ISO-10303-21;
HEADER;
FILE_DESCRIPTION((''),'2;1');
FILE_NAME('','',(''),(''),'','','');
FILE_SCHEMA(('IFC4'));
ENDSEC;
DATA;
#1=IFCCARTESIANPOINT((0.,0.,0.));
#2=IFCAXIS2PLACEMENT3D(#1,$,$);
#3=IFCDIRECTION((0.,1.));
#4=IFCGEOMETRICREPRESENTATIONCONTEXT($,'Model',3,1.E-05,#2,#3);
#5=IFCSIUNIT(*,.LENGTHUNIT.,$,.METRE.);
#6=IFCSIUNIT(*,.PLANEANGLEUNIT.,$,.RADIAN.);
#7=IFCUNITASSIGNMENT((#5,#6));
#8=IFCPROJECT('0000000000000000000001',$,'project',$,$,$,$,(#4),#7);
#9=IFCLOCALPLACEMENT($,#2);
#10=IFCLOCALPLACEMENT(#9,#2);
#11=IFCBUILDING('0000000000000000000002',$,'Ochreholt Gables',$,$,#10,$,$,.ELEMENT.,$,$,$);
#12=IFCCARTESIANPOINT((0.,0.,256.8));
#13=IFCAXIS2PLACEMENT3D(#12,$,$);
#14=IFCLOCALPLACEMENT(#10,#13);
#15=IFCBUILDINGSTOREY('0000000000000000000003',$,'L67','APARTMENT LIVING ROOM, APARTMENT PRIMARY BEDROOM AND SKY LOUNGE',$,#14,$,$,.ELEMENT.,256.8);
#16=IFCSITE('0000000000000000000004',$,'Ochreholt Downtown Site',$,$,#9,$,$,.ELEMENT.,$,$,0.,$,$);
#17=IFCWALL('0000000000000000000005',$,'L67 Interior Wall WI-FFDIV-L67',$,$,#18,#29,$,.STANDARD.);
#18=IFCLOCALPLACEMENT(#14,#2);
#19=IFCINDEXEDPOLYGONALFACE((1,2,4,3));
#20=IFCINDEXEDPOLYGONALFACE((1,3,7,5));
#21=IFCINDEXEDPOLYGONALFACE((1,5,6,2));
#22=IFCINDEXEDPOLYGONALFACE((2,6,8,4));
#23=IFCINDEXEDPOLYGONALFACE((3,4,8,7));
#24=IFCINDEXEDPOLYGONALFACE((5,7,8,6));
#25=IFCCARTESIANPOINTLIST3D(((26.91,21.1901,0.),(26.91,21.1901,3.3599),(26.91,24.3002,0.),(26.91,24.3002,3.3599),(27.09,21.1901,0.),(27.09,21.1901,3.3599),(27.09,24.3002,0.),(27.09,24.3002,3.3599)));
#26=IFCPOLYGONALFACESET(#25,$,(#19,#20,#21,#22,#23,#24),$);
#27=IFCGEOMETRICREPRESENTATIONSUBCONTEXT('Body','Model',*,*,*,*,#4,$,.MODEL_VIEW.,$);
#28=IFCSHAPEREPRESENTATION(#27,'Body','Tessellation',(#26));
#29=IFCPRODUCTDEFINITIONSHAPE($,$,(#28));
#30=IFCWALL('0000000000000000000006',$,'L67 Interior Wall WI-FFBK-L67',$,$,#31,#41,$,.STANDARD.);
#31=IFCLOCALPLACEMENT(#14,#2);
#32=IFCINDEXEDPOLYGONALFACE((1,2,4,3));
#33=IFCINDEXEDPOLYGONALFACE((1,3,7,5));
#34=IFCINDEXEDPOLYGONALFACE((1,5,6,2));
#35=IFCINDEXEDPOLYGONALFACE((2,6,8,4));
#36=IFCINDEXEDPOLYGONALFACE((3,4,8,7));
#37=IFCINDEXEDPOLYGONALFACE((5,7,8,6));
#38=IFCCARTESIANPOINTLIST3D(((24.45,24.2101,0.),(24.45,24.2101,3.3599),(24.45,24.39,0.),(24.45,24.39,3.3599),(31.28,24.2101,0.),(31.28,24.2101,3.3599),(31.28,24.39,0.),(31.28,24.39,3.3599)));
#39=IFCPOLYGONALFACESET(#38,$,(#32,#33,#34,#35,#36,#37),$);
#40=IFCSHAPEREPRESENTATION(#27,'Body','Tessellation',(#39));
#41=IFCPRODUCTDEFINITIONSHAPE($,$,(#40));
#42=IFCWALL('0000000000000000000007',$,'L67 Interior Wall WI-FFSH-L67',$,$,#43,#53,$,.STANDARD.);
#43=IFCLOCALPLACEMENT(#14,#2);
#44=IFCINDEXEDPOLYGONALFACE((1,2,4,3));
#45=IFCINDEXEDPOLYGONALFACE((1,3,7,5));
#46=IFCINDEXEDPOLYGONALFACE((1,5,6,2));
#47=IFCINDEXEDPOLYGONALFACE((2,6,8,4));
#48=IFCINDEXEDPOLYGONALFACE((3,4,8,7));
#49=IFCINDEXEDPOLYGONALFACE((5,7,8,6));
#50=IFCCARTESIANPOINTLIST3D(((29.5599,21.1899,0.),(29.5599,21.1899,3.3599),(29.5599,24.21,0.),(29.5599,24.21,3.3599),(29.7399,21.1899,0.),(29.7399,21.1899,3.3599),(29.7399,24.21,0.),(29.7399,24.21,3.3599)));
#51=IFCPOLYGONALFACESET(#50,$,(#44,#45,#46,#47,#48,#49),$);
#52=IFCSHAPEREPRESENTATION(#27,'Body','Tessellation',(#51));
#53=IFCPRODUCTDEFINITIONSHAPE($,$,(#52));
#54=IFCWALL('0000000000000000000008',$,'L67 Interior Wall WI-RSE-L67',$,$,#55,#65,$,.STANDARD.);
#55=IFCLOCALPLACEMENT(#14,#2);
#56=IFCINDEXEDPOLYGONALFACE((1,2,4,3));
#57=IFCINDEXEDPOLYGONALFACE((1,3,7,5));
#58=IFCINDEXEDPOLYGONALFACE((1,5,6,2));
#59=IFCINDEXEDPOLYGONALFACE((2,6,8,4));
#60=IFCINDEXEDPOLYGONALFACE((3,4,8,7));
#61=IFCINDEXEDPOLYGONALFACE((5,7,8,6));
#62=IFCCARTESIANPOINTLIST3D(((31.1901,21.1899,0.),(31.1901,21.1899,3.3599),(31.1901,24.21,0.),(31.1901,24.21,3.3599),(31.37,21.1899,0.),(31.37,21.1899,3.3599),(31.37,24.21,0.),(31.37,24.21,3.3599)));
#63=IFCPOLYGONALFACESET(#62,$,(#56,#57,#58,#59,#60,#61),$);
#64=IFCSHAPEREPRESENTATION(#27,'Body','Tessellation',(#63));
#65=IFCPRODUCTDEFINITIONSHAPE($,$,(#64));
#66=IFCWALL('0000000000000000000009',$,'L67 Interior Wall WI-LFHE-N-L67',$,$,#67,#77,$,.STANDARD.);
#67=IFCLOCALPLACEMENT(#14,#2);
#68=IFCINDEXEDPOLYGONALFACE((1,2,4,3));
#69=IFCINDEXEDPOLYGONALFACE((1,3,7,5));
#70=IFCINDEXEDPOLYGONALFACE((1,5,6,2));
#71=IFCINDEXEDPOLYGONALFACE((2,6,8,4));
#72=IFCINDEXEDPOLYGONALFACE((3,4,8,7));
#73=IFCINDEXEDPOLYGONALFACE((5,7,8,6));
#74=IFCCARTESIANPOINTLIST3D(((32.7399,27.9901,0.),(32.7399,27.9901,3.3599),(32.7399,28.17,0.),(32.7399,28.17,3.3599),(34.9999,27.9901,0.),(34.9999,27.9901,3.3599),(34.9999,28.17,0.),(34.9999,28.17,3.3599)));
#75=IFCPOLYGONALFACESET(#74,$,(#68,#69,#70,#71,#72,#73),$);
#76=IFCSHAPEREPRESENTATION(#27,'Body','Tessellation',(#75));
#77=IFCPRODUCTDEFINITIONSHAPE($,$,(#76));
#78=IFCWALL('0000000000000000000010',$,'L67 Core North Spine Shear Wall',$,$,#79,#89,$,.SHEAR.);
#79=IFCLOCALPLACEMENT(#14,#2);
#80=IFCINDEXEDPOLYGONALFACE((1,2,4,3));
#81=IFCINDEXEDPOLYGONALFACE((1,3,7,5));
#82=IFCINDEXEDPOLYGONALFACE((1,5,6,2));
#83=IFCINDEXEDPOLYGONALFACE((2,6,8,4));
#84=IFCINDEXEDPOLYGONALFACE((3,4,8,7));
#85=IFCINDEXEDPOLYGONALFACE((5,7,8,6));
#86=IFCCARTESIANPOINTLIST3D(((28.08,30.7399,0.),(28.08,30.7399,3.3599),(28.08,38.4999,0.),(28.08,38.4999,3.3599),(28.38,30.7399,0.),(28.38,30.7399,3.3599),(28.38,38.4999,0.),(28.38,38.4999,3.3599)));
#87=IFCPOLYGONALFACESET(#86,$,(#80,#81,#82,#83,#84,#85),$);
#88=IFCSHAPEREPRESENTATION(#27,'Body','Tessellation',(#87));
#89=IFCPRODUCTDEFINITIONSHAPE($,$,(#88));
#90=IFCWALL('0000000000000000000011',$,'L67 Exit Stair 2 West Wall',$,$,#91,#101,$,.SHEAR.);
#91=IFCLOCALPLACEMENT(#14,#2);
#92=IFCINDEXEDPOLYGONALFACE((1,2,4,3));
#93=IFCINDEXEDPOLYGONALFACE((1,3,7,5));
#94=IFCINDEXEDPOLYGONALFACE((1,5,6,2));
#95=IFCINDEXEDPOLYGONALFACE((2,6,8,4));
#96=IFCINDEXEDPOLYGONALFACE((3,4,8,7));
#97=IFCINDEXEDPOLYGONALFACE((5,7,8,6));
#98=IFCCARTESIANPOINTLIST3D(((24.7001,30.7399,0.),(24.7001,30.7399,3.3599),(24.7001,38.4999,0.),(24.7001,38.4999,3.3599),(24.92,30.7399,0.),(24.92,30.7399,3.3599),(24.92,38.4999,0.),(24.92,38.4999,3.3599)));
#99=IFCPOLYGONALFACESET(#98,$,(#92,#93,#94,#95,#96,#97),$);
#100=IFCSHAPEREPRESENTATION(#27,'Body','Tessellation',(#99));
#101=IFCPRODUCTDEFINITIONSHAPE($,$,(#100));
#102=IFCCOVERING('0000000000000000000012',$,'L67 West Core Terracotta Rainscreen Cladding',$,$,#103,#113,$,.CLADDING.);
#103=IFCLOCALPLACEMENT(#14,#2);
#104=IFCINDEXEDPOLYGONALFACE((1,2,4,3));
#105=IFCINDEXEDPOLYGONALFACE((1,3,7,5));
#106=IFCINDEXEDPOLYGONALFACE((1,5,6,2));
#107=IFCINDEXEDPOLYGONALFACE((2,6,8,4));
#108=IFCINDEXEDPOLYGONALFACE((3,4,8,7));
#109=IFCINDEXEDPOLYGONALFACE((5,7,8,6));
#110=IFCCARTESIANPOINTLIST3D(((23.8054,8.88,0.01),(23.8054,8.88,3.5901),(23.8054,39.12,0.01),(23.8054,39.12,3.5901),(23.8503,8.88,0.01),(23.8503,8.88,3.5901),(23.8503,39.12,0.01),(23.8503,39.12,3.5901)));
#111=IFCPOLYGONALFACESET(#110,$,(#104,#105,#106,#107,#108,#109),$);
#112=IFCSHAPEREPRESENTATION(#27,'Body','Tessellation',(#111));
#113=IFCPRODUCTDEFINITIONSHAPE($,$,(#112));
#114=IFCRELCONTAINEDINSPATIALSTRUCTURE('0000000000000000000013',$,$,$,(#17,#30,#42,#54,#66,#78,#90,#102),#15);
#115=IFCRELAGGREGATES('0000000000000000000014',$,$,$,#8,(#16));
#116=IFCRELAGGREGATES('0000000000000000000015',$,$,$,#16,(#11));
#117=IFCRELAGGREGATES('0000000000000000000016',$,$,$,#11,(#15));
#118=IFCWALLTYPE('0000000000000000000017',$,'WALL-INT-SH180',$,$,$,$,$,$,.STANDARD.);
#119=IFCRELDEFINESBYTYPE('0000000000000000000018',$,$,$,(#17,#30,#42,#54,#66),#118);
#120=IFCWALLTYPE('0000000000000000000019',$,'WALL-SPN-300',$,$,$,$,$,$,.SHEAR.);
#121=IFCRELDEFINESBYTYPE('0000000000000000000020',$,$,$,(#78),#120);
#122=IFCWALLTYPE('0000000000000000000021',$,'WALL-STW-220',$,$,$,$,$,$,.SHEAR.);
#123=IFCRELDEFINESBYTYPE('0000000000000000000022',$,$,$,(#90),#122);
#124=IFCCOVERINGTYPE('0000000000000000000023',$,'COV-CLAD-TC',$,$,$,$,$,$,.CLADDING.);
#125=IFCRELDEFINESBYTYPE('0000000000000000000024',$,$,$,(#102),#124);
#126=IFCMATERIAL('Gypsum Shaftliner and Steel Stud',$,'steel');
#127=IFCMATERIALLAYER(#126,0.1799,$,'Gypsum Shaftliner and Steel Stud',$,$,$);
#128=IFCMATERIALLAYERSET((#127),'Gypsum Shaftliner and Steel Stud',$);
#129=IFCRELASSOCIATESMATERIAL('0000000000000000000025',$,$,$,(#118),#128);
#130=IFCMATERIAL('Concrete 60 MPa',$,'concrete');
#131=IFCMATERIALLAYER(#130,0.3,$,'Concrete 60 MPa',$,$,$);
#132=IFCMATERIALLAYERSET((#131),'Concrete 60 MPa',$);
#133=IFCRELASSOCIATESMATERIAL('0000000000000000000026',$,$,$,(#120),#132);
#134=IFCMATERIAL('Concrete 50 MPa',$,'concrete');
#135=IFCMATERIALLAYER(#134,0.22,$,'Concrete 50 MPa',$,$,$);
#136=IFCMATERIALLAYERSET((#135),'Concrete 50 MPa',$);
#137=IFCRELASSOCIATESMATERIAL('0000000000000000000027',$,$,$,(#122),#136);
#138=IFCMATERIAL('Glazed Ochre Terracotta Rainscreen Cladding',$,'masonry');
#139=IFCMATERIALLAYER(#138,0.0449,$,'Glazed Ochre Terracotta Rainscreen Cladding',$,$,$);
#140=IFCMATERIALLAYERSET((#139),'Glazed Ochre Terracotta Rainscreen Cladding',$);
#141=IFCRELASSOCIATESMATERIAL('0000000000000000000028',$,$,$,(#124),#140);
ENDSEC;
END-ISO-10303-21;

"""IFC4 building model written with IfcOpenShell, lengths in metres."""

from ifc_helpers import new_model, si_unit, direction, frame, frame_2d, origin, origin_2d, place, context, subcontext, project, spatial, rectangle, extrude, material, layer, layer_set, type_object, element, save


model = new_model("IFC4")

# Units and contexts
model_context = context("Model", 3, precision=1e-05, world=origin(), true_north=direction((0.0, 1.0)))
body_context = subcontext(model_context, "Body", "Model", "MODEL_VIEW")
ifc_project = project(units=[si_unit("LENGTHUNIT", "METRE"), si_unit("PLANEANGLEUNIT", "RADIAN")], contexts=[model_context])

# Site, building, storey
site_placement = place(None, origin())
site = spatial("IfcSite", under=ifc_project, at=site_placement, Name="Ochreholt Downtown Site", CompositionType="ELEMENT", RefElevation=0.0)
building_placement = place(site_placement, origin())
building = spatial("IfcBuilding", under=site, at=building_placement, Name="Ochreholt Gables", CompositionType="ELEMENT")
storey_placement = place(building_placement, frame((0.0, 0.0, 256.8)))
storey = spatial("IfcBuildingStorey", under=building, at=storey_placement, Name="L67", Description="APARTMENT LIVING ROOM, APARTMENT PRIMARY BEDROOM AND SKY LOUNGE", CompositionType="ELEMENT", Elevation=256.8)

# Shared definitions
ifc_material_1 = material(Name="Concrete 50 MPa", Category="concrete")

# Walls
ifc_material_2 = material(Name="Gypsum Shaftliner and Steel Stud", Category="steel")
ifc_layer_1 = layer(ifc_material_2, 0.1799, Name="Gypsum Shaftliner and Steel Stud")
ifc_layer_set_1 = layer_set([ifc_layer_1], Name="Gypsum Shaftliner and Steel Stud")
wall_type_1 = type_object("IfcWallType", Name="WALL-INT-SH180", PredefinedType="STANDARD", material=ifc_layer_set_1)
wall_1_placement = place(storey_placement, frame((27.0, 21.1899, 0.0), z_axis=(0.0, 0.0, 1.0), x_axis=(0.0, 1.0, 0.0)))
element("IfcWall", 1, at=wall_1_placement, inside=storey, type_object=wall_type_1, Name="L67 Interior Wall WI-FFDIV-L67", PredefinedType="STANDARD", context=body_context, shape_type="SweptSolid", body=[
    extrude(rectangle(XDim=3.1101, YDim=0.1799, at=frame_2d((1.5552, 0.0))), origin(), (0.0, 0.0, 1.0), 3.3599),
])
wall_2_placement = place(storey_placement, frame((24.45, 24.3, 0.0), z_axis=(0.0, 0.0, 1.0), x_axis=(1.0, 0.0, 0.0)))
element("IfcWall", 2, at=wall_2_placement, inside=storey, type_object=wall_type_1, Name="L67 Interior Wall WI-FFBK-L67", PredefinedType="STANDARD", context=body_context, shape_type="SweptSolid", body=[
    extrude(rectangle(XDim=6.8301, YDim=0.1799, at=frame_2d((3.415, 0.0))), origin(), (0.0, 0.0, 1.0), 3.3599),
])
for number, where, z_axis, x_axis, name in (
    (3, (29.6499, 21.1899, 0.0), (0.0, 0.0, 1.0), (0.0, 1.0, 0.0), "L67 Interior Wall WI-FFSH-L67"),
    (4, (31.28, 21.1899, 0.0), (0.0, 0.0, 1.0), (0.0, 1.0, 0.0), "L67 Interior Wall WI-RSE-L67"),
):
    element("IfcWall", number, at=place(storey_placement, frame(where, z_axis=z_axis, x_axis=x_axis)), inside=storey, type_object=wall_type_1, Name=name, PredefinedType="STANDARD", context=body_context, shape_type="SweptSolid", body=[
        extrude(rectangle(XDim=3.02, YDim=0.1799, at=frame_2d((1.51, 0.0))), origin(), (0.0, 0.0, 1.0), 3.3599),
    ])
wall_3_placement = place(storey_placement, frame((32.74, 28.0801, 0.0), z_axis=(0.0, 0.0, 1.0), x_axis=(1.0, 0.0, 0.0)))
element("IfcWall", 5, at=wall_3_placement, inside=storey, type_object=wall_type_1, Name="L67 Interior Wall WI-LFHE-N-L67", PredefinedType="STANDARD", context=body_context, shape_type="SweptSolid", body=[
    extrude(rectangle(XDim=2.26, YDim=0.1799, at=frame_2d((1.1299, 0.0))), origin(), (0.0, 0.0, 1.0), 3.3599),
])
ifc_material_3 = material(Name="Concrete 60 MPa", Category="concrete")
ifc_layer_2 = layer(ifc_material_3, 0.3, Name="Concrete 60 MPa")
ifc_layer_set_2 = layer_set([ifc_layer_2], Name="Concrete 60 MPa")
wall_type_2 = type_object("IfcWallType", Name="WALL-SPN-300", PredefinedType="SHEAR", material=ifc_layer_set_2)
wall_4_placement = place(storey_placement, frame((28.23, 30.74, 0.0), z_axis=(0.0, 0.0, 1.0), x_axis=(0.0, 1.0, 0.0)))
element("IfcWall", 6, at=wall_4_placement, inside=storey, type_object=wall_type_2, Name="L67 Core North Spine Shear Wall", PredefinedType="SHEAR", context=body_context, shape_type="SweptSolid", body=[
    extrude(rectangle(XDim=7.76, YDim=0.3, at=frame_2d((3.8799, 0.0))), origin(), (0.0, 0.0, 1.0), 3.3599),
])
ifc_layer_3 = layer(ifc_material_1, 0.22, Name="Concrete 50 MPa")
ifc_layer_set_3 = layer_set([ifc_layer_3], Name="Concrete 50 MPa")
wall_type_3 = type_object("IfcWallType", Name="WALL-STW-220", PredefinedType="SHEAR", material=ifc_layer_set_3)
wall_5_placement = place(storey_placement, frame((24.8101, 30.74, 0.0), z_axis=(0.0, 0.0, 1.0), x_axis=(0.0, 1.0, 0.0)))
element("IfcWall", 7, at=wall_5_placement, inside=storey, type_object=wall_type_3, Name="L67 Exit Stair 2 West Wall", PredefinedType="SHEAR", context=body_context, shape_type="SweptSolid", body=[
    extrude(rectangle(XDim=7.76, YDim=0.22, at=frame_2d((3.8799, 0.0))), origin(), (0.0, 0.0, 1.0), 3.3599),
])

# Covering
ifc_material_4 = material(Name="Glazed Ochre Terracotta Rainscreen Cladding", Category="masonry")
ifc_layer_4 = layer(ifc_material_4, 0.0449, Name="Glazed Ochre Terracotta Rainscreen Cladding")
ifc_layer_set_4 = layer_set([ifc_layer_4], Name="Glazed Ochre Terracotta Rainscreen Cladding")
covering_type = type_object("IfcCoveringType", Name="COV-CLAD-TC", PredefinedType="CLADDING", material=ifc_layer_set_4)
covering_placement = place(storey_placement, frame((23.8279, 24.0, 0.01), z_axis=(0.0, 0.0, 1.0), x_axis=(0.0, 1.0, 0.0)))
element("IfcCovering", 8, at=covering_placement, inside=storey, type_object=covering_type, Name="L67 West Core Terracotta Rainscreen Cladding", PredefinedType="CLADDING", context=body_context, shape_type="SweptSolid", body=[
    extrude(rectangle(XDim=30.24, YDim=0.0449, at=origin_2d()), origin(), (0.0, 0.0, 1.0), 3.5801),
])

save(model, "model.ifc")
